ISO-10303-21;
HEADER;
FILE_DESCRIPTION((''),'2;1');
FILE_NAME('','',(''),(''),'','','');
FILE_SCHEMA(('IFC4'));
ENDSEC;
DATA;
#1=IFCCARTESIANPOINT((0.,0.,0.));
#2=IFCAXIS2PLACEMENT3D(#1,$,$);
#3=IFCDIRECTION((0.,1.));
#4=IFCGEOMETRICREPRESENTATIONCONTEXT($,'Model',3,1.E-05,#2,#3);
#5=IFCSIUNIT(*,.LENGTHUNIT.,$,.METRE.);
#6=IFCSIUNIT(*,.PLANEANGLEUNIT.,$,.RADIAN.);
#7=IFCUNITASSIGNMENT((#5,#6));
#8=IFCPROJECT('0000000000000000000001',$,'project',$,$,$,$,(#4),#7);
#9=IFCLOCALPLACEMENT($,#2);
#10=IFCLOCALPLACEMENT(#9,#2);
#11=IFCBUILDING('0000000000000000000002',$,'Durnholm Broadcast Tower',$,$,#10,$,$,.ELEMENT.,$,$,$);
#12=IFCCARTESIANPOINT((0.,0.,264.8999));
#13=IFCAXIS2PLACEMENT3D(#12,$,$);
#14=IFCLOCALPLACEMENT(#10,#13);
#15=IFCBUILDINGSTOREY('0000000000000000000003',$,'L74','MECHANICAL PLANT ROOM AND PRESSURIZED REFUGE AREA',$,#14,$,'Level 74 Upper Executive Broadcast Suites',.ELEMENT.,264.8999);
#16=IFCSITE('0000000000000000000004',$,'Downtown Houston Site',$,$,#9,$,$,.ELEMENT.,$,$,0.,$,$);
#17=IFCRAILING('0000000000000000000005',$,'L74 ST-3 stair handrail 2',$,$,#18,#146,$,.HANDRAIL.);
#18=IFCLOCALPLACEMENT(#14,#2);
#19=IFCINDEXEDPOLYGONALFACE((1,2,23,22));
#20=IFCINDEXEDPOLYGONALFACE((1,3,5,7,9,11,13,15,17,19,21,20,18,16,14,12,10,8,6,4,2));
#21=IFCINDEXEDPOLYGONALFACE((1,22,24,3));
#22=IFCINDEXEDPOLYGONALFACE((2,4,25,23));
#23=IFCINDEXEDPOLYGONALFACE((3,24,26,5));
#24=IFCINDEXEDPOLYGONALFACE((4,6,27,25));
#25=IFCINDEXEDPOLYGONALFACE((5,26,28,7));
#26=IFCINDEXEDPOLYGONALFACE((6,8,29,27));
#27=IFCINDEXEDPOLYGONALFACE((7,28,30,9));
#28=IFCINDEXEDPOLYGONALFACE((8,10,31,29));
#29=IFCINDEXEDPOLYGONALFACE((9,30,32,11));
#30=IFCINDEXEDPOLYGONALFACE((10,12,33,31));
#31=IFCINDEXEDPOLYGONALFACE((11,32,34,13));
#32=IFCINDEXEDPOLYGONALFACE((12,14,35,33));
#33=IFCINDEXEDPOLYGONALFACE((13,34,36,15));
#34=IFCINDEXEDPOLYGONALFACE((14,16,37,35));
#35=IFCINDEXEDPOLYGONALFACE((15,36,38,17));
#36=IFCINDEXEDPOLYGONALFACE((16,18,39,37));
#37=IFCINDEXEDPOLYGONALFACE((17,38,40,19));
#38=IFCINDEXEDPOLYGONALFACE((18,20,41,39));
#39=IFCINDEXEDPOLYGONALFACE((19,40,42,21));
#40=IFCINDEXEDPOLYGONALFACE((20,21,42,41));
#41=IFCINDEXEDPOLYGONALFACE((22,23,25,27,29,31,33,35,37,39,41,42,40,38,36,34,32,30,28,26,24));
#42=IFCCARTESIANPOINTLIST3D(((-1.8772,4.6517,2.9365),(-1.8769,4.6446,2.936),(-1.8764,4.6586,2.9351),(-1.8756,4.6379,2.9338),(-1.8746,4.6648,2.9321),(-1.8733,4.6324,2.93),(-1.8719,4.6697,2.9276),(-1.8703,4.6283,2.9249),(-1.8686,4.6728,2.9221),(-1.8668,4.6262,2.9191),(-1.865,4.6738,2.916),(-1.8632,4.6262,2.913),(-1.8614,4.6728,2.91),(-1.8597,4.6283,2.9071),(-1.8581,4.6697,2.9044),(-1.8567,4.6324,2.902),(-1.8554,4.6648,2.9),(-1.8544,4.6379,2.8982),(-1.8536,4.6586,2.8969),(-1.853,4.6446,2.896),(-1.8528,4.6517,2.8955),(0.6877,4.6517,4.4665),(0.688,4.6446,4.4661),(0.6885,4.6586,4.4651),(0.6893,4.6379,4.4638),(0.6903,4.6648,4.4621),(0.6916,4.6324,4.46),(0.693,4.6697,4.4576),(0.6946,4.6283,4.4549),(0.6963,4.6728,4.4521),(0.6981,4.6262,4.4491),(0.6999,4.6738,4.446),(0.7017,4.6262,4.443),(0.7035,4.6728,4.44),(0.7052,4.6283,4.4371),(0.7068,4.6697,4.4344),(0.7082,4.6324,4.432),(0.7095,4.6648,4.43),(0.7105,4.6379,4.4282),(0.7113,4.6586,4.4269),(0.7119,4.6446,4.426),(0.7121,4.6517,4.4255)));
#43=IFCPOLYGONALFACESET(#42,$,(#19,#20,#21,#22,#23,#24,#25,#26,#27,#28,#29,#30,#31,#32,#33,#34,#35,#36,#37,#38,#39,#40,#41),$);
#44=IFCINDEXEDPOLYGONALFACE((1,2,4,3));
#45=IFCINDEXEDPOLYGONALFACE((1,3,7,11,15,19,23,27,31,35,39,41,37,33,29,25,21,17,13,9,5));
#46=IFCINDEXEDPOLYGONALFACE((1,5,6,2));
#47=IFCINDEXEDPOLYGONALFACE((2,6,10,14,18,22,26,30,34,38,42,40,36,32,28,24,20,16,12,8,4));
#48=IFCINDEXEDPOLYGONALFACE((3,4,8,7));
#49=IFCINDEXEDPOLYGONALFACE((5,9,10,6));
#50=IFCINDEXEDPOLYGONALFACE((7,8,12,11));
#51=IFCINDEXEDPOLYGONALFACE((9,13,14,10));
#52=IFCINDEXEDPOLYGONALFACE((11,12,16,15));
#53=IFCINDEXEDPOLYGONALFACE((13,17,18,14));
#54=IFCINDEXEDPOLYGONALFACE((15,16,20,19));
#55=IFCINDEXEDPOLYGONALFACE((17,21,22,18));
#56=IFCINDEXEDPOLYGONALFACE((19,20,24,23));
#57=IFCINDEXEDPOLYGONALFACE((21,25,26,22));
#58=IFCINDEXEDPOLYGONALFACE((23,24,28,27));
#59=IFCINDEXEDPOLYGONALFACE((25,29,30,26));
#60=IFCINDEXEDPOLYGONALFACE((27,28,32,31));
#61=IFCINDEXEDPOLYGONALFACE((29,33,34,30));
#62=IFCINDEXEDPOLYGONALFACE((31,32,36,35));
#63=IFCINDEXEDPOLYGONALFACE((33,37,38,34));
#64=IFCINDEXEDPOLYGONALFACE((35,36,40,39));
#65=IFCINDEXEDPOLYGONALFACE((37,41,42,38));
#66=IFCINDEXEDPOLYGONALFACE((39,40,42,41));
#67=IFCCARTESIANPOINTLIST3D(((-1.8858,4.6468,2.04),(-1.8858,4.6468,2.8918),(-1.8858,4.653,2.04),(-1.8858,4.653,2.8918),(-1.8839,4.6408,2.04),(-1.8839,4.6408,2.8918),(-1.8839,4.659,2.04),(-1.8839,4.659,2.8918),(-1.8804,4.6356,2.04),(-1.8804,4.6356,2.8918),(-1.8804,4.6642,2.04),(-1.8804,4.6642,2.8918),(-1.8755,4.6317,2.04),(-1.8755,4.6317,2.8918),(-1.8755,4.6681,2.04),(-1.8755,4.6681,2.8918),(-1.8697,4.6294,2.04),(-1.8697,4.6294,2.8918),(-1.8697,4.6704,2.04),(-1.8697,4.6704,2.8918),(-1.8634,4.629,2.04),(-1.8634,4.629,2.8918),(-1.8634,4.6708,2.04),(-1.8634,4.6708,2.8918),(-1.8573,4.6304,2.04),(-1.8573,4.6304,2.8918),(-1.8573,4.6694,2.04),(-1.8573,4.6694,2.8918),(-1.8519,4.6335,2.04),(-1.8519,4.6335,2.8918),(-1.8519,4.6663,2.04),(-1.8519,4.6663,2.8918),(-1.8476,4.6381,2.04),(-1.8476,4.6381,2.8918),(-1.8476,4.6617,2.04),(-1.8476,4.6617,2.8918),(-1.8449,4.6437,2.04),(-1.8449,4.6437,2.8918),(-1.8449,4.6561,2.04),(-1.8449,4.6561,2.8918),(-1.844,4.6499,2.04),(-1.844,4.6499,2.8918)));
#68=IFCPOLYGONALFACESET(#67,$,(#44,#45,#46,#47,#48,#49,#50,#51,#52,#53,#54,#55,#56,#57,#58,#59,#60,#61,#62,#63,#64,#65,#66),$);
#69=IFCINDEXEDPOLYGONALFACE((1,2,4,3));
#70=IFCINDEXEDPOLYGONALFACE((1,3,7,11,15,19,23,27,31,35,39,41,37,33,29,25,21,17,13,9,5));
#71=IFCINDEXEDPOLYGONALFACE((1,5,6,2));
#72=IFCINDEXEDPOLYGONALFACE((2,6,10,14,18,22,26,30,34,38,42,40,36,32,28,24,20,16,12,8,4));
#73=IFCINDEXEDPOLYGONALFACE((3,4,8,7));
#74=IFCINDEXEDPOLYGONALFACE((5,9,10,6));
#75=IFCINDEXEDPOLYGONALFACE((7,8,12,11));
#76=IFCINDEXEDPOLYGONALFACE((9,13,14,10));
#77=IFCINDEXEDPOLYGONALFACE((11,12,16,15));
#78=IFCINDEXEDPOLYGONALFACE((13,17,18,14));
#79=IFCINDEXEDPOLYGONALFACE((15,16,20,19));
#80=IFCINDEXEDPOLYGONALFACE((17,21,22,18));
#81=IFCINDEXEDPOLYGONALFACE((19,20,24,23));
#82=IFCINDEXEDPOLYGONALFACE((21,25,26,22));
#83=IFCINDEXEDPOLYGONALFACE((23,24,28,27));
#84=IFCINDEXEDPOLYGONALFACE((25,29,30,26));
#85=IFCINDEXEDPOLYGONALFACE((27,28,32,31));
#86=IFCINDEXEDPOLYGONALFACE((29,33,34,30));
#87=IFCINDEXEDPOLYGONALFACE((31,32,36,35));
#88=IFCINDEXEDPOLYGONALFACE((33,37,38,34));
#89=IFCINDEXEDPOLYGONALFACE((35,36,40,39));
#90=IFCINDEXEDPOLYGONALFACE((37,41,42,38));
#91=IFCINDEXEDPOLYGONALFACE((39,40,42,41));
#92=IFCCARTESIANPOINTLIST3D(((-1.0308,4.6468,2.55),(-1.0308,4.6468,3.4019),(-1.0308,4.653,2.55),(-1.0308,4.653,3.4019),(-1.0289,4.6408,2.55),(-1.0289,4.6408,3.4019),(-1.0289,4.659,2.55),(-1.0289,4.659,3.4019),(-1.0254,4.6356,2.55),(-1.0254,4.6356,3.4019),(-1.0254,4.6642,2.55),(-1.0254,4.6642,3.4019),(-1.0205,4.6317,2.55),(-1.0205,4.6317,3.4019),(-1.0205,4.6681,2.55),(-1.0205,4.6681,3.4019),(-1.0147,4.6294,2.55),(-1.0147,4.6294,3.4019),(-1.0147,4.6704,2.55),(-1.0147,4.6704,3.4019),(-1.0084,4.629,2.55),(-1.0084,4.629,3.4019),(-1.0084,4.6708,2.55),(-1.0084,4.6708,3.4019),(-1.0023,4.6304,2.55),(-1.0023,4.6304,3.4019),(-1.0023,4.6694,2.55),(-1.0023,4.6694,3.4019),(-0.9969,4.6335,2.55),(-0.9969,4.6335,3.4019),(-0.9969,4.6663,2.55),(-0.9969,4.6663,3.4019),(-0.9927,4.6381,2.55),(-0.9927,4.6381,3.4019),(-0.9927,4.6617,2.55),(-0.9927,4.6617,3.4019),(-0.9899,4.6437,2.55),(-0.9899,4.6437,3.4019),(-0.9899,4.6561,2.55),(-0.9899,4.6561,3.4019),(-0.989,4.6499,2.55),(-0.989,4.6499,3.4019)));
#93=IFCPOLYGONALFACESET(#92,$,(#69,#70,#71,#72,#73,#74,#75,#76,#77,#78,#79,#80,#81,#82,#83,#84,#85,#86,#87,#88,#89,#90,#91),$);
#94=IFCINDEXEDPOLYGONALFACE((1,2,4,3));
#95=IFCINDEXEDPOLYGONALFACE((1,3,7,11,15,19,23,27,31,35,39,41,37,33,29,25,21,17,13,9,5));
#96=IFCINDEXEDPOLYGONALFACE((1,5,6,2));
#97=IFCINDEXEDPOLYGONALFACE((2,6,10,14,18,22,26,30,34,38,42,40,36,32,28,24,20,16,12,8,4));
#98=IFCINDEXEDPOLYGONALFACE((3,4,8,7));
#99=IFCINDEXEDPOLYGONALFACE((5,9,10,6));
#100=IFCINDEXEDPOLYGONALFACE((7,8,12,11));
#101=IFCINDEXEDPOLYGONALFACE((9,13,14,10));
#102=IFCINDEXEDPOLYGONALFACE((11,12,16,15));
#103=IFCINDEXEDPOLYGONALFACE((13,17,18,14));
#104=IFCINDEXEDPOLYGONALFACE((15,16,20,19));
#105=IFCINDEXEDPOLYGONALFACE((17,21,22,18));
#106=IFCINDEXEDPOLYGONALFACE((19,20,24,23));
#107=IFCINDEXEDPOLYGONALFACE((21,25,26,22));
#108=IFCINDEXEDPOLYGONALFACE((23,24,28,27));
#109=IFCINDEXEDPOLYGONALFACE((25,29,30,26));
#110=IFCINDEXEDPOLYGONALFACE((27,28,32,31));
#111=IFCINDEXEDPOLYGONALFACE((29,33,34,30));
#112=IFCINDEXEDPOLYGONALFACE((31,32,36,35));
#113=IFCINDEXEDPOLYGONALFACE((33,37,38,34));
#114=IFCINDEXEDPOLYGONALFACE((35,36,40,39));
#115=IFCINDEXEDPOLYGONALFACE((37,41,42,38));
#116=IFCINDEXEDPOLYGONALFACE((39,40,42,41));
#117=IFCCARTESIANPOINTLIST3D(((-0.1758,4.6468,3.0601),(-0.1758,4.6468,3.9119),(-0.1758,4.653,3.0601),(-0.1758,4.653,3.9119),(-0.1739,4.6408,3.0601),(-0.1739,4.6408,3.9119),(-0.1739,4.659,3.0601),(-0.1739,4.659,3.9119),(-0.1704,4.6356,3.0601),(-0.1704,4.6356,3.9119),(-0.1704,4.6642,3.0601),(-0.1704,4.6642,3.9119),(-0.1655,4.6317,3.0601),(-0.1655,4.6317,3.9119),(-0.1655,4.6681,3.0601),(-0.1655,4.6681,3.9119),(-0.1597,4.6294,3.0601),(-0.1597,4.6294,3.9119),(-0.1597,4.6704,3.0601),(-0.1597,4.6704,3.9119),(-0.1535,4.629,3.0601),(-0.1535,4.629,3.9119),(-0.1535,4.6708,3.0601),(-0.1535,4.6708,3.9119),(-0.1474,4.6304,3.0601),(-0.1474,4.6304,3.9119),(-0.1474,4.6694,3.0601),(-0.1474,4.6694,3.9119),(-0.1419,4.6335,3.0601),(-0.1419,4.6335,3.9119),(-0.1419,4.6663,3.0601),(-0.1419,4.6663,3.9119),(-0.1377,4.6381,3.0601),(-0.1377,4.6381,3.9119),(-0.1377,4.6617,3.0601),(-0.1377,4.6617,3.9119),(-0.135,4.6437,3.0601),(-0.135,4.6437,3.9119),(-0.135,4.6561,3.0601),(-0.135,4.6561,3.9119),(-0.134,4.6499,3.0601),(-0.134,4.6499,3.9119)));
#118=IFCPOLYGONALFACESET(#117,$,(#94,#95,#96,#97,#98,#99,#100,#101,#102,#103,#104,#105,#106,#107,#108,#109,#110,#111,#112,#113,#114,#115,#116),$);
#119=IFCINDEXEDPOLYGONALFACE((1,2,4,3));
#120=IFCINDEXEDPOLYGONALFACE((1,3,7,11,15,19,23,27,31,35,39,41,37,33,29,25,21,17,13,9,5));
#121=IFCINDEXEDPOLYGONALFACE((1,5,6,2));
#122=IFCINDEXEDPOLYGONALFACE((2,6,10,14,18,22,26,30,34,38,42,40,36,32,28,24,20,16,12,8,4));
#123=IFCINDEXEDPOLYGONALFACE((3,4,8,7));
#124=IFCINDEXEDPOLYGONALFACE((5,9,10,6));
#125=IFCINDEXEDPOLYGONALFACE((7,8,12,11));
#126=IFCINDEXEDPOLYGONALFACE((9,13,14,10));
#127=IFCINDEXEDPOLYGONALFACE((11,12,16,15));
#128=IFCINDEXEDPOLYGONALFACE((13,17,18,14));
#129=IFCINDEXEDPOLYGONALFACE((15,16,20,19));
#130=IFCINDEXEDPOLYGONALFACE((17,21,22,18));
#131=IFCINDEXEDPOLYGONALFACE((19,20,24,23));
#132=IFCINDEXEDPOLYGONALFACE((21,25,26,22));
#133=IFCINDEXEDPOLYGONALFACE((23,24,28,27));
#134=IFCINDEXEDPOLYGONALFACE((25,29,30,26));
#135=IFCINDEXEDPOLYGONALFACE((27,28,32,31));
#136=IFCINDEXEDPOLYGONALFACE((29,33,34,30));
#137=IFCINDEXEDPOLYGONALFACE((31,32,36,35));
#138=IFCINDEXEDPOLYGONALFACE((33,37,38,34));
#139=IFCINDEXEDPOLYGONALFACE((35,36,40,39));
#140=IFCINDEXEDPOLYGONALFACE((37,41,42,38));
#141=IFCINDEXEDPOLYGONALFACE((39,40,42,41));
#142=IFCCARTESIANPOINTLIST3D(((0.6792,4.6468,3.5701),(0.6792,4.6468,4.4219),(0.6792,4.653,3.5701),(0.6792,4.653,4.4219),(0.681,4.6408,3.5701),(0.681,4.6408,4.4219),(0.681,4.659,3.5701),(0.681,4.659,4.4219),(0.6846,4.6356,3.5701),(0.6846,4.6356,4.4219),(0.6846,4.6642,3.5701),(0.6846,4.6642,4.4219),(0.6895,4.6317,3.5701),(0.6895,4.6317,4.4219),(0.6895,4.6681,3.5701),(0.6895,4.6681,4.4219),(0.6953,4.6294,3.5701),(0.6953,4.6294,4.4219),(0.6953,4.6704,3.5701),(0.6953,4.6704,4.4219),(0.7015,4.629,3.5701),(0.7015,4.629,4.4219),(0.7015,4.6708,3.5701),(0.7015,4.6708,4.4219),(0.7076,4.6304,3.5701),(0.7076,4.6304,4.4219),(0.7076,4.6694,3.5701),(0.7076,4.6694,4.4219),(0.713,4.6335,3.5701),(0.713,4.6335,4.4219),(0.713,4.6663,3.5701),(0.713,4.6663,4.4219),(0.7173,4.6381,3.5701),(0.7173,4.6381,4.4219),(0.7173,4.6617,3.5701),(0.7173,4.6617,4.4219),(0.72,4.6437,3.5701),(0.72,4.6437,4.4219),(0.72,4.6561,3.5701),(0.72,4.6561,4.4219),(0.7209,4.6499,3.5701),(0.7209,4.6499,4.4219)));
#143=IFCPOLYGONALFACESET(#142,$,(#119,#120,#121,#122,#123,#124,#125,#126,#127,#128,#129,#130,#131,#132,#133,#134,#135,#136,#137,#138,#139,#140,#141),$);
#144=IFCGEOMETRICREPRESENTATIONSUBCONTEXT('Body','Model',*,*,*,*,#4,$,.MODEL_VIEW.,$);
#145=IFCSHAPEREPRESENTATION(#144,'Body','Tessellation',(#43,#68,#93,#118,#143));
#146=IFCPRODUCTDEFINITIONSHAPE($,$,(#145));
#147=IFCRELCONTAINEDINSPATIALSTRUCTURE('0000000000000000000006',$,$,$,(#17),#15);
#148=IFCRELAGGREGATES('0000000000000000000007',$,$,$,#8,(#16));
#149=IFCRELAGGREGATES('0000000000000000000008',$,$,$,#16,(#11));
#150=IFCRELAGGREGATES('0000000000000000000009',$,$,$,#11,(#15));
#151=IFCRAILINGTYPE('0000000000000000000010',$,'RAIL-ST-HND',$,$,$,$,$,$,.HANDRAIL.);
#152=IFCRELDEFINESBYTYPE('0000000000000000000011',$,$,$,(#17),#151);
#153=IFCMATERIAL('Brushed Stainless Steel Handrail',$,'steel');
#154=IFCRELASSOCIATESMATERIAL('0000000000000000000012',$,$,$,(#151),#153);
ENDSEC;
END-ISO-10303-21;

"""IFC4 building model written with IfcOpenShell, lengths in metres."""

from ifc_helpers import new_model, si_unit, direction, frame, origin, origin_2d, place, context, subcontext, project, spatial, circle, extrude, material, type_object, element, save


model = new_model("IFC4")

# Units and contexts
model_context = context("Model", 3, precision=1e-05, world=origin(), true_north=direction((0.0, 1.0)))
body_context = subcontext(model_context, "Body", "Model", "MODEL_VIEW")
ifc_project = project(units=[si_unit("LENGTHUNIT", "METRE"), si_unit("PLANEANGLEUNIT", "RADIAN")], contexts=[model_context])

# Site, building, storey
site_placement = place(None, origin())
site = spatial("IfcSite", under=ifc_project, at=site_placement, Name="Downtown Houston Site", CompositionType="ELEMENT", RefElevation=0.0)
building_placement = place(site_placement, origin())
building = spatial("IfcBuilding", under=site, at=building_placement, Name="Durnholm Broadcast Tower", CompositionType="ELEMENT")
storey_placement = place(building_placement, frame((0.0, 0.0, 264.8999)))
storey = spatial("IfcBuildingStorey", under=building, at=storey_placement, Name="L74", Description="MECHANICAL PLANT ROOM AND PRESSURIZED REFUGE AREA", LongName="Level 74 Upper Executive Broadcast Suites", CompositionType="ELEMENT", Elevation=264.8999)

# Railing
ifc_material_1 = material(Name="Brushed Stainless Steel Handrail", Category="steel")
railing_type_1 = type_object("IfcRailingType", Name="RAIL-ST-HND", PredefinedType="HANDRAIL", material=ifc_material_1)
railing_1_placement = place(storey_placement, frame((-1.865, 4.6499, 2.04)))
element("IfcRailing", 1, at=railing_1_placement, inside=storey, type_object=railing_type_1, Name="L74 ST-3 stair handrail 2", PredefinedType="HANDRAIL", context=body_context, shape_type="SweptSolid", body=[
    extrude(circle(Radius=0.0239, at=origin_2d()), frame((0.0, 0.0, 0.876), z_axis=(0.85881, 0.0, 0.512294), x_axis=(0.0, 1.0, 0.0)), (0.0, 0.0, 1.0), 2.9866),
    extrude(circle(Radius=0.021, at=origin_2d()), origin(), (0.0, 0.0, 1.0), 0.8518),
    extrude(circle(Radius=0.021, at=origin_2d()), frame((0.855, 0.0, 0.51)), (0.0, 0.0, 1.0), 0.8518),
    extrude(circle(Radius=0.021, at=origin_2d()), frame((1.71, 0.0, 1.02)), (0.0, 0.0, 1.0), 0.8518),
    extrude(circle(Radius=0.021, at=origin_2d()), frame((2.5649, 0.0, 1.53)), (0.0, 0.0, 1.0), 0.8518),
])

save(model, "model.ifc")
